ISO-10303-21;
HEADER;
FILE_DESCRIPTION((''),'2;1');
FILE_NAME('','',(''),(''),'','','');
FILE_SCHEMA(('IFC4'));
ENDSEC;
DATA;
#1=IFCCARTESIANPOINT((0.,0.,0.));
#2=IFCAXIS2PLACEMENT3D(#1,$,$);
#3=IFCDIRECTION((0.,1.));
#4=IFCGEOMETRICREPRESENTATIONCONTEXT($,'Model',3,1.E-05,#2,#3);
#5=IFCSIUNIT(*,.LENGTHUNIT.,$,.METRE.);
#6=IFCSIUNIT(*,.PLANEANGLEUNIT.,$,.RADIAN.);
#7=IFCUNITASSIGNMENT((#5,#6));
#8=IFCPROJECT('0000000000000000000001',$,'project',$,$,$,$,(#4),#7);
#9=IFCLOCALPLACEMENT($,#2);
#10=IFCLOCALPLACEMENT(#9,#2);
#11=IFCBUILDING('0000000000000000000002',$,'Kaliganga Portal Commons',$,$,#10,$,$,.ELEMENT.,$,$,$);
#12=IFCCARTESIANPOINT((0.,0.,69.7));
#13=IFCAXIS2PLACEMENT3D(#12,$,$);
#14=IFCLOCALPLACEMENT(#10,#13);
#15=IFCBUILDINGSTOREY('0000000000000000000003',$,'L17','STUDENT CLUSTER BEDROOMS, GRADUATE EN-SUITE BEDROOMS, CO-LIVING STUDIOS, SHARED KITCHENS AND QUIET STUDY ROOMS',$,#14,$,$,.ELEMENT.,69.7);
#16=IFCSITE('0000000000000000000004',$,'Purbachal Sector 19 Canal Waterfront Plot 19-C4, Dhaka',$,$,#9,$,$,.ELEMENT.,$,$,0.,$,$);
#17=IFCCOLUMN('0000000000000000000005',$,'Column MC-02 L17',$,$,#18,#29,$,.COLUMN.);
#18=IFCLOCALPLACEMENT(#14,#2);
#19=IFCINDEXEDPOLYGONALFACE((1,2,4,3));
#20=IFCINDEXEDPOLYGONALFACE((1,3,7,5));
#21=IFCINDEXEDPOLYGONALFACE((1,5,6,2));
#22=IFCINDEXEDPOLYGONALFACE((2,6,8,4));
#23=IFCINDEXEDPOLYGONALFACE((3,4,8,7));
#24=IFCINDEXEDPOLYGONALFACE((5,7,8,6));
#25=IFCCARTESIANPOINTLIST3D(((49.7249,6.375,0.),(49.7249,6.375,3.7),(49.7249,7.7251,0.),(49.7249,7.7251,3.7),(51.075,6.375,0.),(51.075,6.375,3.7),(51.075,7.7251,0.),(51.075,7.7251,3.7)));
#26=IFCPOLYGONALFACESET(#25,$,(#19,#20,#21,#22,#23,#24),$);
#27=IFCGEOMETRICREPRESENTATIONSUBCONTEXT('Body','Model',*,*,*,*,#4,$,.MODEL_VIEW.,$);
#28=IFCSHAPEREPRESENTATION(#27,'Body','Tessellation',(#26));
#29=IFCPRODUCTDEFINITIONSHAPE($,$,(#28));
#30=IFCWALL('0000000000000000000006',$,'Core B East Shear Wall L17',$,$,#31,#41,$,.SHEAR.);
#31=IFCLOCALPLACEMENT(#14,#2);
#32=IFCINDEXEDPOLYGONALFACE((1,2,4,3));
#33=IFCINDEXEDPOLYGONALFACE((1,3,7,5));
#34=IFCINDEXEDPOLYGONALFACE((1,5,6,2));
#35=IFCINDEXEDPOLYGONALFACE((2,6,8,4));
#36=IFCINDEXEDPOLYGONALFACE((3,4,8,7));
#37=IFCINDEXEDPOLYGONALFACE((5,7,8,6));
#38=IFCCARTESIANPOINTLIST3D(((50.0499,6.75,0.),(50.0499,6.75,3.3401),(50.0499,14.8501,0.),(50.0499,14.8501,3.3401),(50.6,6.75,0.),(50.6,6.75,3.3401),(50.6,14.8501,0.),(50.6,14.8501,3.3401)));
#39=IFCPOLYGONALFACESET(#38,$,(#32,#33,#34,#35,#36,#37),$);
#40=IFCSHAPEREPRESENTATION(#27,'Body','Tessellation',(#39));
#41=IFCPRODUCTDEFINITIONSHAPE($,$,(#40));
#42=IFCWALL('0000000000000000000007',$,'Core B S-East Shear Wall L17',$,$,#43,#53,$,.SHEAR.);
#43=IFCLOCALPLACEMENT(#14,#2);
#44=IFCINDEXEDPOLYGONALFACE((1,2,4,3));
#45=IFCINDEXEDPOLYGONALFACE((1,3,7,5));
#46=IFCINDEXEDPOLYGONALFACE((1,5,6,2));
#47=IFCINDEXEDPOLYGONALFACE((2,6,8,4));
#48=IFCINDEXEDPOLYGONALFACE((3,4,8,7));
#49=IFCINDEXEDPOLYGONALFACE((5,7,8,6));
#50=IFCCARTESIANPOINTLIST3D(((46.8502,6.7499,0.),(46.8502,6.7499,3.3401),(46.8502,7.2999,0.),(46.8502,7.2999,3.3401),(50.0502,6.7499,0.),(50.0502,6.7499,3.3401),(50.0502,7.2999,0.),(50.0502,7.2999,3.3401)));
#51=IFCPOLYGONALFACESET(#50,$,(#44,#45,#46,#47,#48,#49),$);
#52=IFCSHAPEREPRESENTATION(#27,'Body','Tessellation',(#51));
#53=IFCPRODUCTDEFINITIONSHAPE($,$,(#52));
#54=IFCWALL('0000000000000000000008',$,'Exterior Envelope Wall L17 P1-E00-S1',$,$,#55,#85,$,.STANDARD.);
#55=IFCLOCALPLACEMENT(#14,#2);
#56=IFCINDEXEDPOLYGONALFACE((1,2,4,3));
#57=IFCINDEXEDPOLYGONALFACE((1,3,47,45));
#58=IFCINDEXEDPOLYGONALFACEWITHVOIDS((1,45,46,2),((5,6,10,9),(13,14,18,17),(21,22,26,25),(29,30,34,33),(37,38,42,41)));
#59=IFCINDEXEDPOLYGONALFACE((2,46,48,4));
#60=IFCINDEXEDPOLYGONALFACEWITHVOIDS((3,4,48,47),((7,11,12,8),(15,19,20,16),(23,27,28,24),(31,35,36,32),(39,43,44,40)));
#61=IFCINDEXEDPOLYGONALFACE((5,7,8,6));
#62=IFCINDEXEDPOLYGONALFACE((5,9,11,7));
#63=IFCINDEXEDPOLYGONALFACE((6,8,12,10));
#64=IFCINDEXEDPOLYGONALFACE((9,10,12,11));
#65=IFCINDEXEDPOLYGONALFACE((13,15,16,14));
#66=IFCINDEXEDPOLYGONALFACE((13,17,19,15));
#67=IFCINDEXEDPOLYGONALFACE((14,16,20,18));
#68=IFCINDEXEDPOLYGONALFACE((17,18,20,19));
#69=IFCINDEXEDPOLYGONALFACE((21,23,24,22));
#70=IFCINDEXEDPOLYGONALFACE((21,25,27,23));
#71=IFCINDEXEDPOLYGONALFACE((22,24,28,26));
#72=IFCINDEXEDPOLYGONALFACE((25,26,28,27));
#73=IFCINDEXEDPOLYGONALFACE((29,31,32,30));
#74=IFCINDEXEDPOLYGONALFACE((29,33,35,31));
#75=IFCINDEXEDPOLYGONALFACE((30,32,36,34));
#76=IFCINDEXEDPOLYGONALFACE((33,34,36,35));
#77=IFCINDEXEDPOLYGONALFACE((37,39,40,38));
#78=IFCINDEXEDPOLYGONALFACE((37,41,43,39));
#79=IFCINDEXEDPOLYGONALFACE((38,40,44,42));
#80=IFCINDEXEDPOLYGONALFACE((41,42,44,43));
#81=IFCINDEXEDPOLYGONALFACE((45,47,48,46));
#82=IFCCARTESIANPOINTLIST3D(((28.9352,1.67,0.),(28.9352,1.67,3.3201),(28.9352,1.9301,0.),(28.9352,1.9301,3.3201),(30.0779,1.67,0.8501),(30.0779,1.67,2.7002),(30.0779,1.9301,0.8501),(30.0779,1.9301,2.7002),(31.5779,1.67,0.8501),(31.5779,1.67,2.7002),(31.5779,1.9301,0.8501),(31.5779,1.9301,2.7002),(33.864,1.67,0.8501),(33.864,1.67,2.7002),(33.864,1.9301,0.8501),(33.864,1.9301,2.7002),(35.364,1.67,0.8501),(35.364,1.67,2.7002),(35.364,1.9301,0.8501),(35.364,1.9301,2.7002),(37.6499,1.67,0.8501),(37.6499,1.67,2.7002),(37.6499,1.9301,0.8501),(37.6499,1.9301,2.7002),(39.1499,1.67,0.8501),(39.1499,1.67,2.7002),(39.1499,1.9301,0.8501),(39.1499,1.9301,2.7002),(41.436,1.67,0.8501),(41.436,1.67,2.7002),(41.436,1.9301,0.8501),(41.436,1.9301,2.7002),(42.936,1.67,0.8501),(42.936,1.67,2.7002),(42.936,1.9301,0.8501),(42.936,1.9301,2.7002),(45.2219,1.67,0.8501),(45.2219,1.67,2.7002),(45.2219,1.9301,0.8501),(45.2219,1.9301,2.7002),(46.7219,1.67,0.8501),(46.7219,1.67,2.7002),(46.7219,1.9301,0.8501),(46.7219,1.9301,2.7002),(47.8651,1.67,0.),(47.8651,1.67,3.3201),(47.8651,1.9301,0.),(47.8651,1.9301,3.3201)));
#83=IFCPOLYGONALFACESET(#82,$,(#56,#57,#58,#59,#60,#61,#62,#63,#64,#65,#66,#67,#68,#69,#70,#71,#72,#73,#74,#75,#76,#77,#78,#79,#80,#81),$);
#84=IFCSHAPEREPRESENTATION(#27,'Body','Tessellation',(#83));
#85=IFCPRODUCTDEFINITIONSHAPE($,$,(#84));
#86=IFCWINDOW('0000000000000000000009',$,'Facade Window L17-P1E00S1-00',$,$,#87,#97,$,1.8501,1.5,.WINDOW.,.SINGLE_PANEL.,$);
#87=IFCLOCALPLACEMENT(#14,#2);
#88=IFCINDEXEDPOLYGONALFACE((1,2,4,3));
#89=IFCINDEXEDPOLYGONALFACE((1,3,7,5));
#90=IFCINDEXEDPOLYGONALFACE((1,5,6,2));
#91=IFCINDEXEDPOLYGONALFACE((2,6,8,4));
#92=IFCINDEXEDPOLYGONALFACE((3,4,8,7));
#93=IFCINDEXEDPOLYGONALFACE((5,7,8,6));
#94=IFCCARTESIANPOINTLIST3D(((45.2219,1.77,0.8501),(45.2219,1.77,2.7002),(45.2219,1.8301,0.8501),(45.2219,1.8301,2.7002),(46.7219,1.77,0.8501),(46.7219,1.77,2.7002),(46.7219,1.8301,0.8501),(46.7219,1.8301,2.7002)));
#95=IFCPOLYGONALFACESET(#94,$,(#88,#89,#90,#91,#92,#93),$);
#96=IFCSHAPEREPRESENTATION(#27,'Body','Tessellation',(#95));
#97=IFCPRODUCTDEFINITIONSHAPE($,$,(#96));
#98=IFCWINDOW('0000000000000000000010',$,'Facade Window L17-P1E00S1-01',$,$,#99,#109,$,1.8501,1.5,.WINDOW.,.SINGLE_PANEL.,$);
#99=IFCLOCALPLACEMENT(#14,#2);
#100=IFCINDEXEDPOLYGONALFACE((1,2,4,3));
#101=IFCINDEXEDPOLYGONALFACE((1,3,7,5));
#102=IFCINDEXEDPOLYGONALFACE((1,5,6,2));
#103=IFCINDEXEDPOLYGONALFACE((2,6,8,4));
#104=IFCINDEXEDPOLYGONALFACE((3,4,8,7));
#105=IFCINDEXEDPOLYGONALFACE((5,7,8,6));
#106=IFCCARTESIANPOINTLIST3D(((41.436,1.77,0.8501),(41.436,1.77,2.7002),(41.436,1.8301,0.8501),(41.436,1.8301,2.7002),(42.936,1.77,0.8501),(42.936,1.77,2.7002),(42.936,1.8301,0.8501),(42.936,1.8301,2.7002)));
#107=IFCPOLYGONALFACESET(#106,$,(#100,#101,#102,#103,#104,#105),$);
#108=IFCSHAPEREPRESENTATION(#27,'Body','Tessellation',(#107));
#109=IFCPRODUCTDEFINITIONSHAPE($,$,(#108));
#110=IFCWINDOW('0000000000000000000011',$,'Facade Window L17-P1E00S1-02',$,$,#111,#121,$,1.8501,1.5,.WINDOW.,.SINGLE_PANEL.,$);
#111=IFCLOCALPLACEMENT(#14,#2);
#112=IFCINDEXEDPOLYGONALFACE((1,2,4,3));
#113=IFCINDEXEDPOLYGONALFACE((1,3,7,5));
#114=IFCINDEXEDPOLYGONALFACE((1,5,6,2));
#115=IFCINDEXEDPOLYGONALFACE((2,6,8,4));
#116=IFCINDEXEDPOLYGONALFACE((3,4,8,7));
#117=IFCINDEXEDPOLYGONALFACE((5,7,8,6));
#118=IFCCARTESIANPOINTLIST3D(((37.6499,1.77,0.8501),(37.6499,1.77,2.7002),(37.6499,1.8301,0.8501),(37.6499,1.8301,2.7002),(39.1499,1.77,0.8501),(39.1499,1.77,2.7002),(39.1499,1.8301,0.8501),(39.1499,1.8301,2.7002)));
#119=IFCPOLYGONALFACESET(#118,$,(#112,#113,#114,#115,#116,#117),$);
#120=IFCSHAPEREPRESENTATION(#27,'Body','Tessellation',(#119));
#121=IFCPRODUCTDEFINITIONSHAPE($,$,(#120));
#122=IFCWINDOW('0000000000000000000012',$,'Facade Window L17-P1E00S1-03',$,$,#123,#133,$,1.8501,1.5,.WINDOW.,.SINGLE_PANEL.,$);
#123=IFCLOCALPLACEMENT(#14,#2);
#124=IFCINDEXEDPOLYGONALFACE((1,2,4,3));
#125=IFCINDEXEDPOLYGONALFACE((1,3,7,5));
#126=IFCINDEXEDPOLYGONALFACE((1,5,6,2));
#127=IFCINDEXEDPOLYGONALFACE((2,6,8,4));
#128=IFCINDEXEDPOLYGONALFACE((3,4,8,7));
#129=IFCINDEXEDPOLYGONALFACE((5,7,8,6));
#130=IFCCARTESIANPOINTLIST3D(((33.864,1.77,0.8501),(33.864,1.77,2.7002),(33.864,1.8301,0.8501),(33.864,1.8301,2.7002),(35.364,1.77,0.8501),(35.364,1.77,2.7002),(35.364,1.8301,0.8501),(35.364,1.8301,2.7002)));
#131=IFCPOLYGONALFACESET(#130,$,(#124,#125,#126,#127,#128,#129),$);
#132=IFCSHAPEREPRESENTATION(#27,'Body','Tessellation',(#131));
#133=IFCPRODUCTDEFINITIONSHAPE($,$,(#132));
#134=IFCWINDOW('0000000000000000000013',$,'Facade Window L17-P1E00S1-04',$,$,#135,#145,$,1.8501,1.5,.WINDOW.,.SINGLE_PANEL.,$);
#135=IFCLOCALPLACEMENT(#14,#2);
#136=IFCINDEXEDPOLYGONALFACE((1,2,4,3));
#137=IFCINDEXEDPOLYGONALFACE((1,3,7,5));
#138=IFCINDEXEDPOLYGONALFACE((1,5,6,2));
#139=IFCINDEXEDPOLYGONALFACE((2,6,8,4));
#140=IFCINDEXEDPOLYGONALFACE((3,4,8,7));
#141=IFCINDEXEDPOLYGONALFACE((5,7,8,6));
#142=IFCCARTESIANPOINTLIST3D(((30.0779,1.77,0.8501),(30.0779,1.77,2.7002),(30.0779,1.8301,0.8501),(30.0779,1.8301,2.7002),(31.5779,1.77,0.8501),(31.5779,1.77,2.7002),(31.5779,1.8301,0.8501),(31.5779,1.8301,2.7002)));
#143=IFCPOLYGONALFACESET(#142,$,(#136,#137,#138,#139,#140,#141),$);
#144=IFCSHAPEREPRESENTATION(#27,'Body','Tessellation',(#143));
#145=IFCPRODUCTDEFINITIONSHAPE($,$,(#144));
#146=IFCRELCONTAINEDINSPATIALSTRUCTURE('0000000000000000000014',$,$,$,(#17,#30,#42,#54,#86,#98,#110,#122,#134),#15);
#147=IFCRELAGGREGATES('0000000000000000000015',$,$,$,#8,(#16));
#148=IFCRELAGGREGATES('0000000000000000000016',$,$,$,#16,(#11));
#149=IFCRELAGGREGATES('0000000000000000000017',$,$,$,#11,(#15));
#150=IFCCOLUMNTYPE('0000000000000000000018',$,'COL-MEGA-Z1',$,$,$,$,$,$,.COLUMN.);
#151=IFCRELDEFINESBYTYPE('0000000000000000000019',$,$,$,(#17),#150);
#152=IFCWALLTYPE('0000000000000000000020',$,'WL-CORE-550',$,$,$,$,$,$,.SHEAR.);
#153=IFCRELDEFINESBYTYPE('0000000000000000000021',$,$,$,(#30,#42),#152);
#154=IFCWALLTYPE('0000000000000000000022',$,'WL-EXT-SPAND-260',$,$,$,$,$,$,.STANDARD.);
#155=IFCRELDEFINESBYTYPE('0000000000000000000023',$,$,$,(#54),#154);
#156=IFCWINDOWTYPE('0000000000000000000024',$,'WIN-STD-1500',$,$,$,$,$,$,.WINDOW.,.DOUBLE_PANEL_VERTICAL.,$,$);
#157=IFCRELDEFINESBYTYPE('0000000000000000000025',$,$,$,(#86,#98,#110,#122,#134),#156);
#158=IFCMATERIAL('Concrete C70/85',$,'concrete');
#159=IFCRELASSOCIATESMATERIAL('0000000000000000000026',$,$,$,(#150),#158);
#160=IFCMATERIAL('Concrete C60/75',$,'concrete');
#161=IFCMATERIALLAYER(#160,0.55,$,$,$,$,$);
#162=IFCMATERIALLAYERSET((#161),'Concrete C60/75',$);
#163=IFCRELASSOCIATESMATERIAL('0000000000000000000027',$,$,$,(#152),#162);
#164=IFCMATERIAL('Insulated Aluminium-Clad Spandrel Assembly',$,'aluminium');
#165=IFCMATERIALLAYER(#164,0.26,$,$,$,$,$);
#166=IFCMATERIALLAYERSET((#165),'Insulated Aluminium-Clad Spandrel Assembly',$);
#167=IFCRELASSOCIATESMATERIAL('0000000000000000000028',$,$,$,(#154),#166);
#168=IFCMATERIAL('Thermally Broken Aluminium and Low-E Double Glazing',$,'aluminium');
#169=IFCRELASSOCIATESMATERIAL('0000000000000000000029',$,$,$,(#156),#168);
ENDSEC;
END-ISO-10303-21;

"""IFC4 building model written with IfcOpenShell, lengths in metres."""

from ifc_helpers import new_model, si_unit, direction, frame, frame_2d, origin, origin_2d, place, context, subcontext, project, spatial, rectangle, extrude, source, transform, mapped, material, layer, layer_set, material_profile, profile_set, type_object, element, fill, save


model = new_model("IFC4")

# Units and contexts
model_context = context("Model", 3, precision=1e-05, world=origin(), true_north=direction((0.0, 1.0)))
body_context = subcontext(model_context, "Body", "Model", "MODEL_VIEW")
ifc_project = project(units=[si_unit("LENGTHUNIT", "METRE"), si_unit("PLANEANGLEUNIT", "RADIAN")], contexts=[model_context])

# Site, building, storey
site_placement = place(None, origin())
site = spatial("IfcSite", under=ifc_project, at=site_placement, Name="Purbachal Sector 19 Canal Waterfront Plot 19-C4, Dhaka", CompositionType="ELEMENT", RefElevation=0.0)
building_placement = place(site_placement, origin())
building = spatial("IfcBuilding", under=site, at=building_placement, Name="Kaliganga Portal Commons", CompositionType="ELEMENT")
storey_placement = place(building_placement, frame((0.0, 0.0, 69.7)))
storey = spatial("IfcBuildingStorey", under=building, at=storey_placement, Name="L17", Description="STUDENT CLUSTER BEDROOMS, GRADUATE EN-SUITE BEDROOMS, CO-LIVING STUDIOS, SHARED KITCHENS AND QUIET STUDY ROOMS", CompositionType="ELEMENT", Elevation=69.7)

# Column
ifc_material_1 = material(Name="Concrete C70/85", Category="concrete")
ifc_material_profile = material_profile(ifc_material_1, rectangle(XDim=1.3501, YDim=1.3501, at=origin_2d()), Name="RC 1350x1350")
ifc_profile_set = profile_set([ifc_material_profile], Name="Concrete C70/85")
column_type = type_object("IfcColumnType", Name="COL-MEGA-Z1", PredefinedType="COLUMN", material=ifc_profile_set)
shared_shape = source(origin(), body_context, "Body", "SweptSolid", [
    extrude(rectangle(XDim=1.3501, YDim=1.3501, at=origin_2d()), origin(), (0.0, 0.0, 1.0), 3.7),
])
column_placement = place(storey_placement, frame((50.3999, 7.05, 0.0), z_axis=(0.0, 0.0, 1.0), x_axis=(1.0, 0.0, 0.0)))
element("IfcColumn", 1, at=column_placement, inside=storey, type_object=column_type, Name="Column MC-02 L17", PredefinedType="COLUMN", context=body_context, shape_type="MappedRepresentation", body=[
    mapped(shared_shape, transform((0.0, 0.0, 0.0), x_axis=(1.0, 0.0, 0.0), y_axis=(0.0, 1.0, 0.0), z_axis=(0.0, 0.0, 1.0), scale=1.0)),
])

# Walls
ifc_material_2 = material(Name="Concrete C60/75", Category="concrete")
ifc_layer_1 = layer(ifc_material_2, 0.55)
ifc_layer_set_1 = layer_set([ifc_layer_1], Name="Concrete C60/75")
wall_type_1 = type_object("IfcWallType", Name="WL-CORE-550", PredefinedType="SHEAR", material=ifc_layer_set_1)
wall_1_placement = place(storey_placement, frame((50.325, 6.75, 0.0), z_axis=(0.0, 0.0, 1.0), x_axis=(0.0, 1.0, 0.0)))
element("IfcWall", 2, at=wall_1_placement, inside=storey, type_object=wall_type_1, Name="Core B East Shear Wall L17", PredefinedType="SHEAR", context=body_context, shape_type="SweptSolid", body=[
    extrude(rectangle(XDim=8.1001, YDim=0.55, at=frame_2d((4.05, 0.0))), origin(), (0.0, 0.0, 1.0), 3.3401),
])
wall_2_placement = place(storey_placement, frame((46.8501, 7.0249, 0.0), z_axis=(0.0, 0.0, 1.0), x_axis=(1.0, 0.0, 0.0)))
element("IfcWall", 3, at=wall_2_placement, inside=storey, type_object=wall_type_1, Name="Core B S-East Shear Wall L17", PredefinedType="SHEAR", context=body_context, shape_type="SweptSolid", body=[
    extrude(rectangle(XDim=3.2, YDim=0.55, at=frame_2d((1.6001, 0.0))), origin(), (0.0, 0.0, 1.0), 3.3401),
])

# Wall, openings, windows
ifc_material_3 = material(Name="Insulated Aluminium-Clad Spandrel Assembly", Category="aluminium")
ifc_layer_2 = layer(ifc_material_3, 0.26)
ifc_layer_set_2 = layer_set([ifc_layer_2], Name="Insulated Aluminium-Clad Spandrel Assembly")
wall_type_2 = type_object("IfcWallType", Name="WL-EXT-SPAND-260", PredefinedType="STANDARD", material=ifc_layer_set_2)
wall_3_placement = place(storey_placement, frame((47.865, 1.8, 0.0), z_axis=(0.0, 0.0, 1.0), x_axis=(-1.0, 0.0, 0.0)))
wall_3 = element("IfcWall", 4, at=wall_3_placement, inside=storey, type_object=wall_type_2, Name="Exterior Envelope Wall L17 P1-E00-S1", PredefinedType="STANDARD", context=body_context, shape_type="SweptSolid", body=[
    extrude(rectangle(XDim=18.9299, YDim=0.26, at=frame_2d((9.4648, 0.0))), origin(), (0.0, 0.0, 1.0), 3.3201),
])
opening_1_placement = place(wall_3_placement, frame((1.1431, 0.0, 0.8501)))
opening_1 = element("IfcOpeningElement", 5, at=opening_1_placement, cuts=wall_3, PredefinedType="OPENING", context=body_context, shape_type="SweptSolid", body=[
    extrude(rectangle(XDim=1.5, YDim=1.8501, at=frame_2d((0.75, 0.925))), frame((0.0, 0.1401, 0.0), z_axis=(0.0, -1.0, 0.0), x_axis=(1.0, 0.0, 0.0)), (0.0, 0.0, 1.0), 0.28),
])
opening_2_placement = place(wall_3_placement, frame((4.929, 0.0, 0.8501)))
opening_2 = element("IfcOpeningElement", 6, at=opening_2_placement, cuts=wall_3, PredefinedType="OPENING", context=body_context, shape_type="SweptSolid", body=[
    extrude(rectangle(XDim=1.5, YDim=1.8501, at=frame_2d((0.75, 0.925))), frame((0.0, 0.1401, 0.0), z_axis=(0.0, -1.0, 0.0), x_axis=(1.0, 0.0, 0.0)), (0.0, 0.0, 1.0), 0.28),
])
opening_3_placement = place(wall_3_placement, frame((8.7151, 0.0, 0.8501)))
opening_3 = element("IfcOpeningElement", 7, at=opening_3_placement, cuts=wall_3, PredefinedType="OPENING", context=body_context, shape_type="SweptSolid", body=[
    extrude(rectangle(XDim=1.5, YDim=1.8501, at=frame_2d((0.75, 0.925))), frame((0.0, 0.1401, 0.0), z_axis=(0.0, -1.0, 0.0), x_axis=(1.0, 0.0, 0.0)), (0.0, 0.0, 1.0), 0.28),
])
opening_4_placement = place(wall_3_placement, frame((12.501, 0.0, 0.8501)))
opening_4 = element("IfcOpeningElement", 8, at=opening_4_placement, cuts=wall_3, PredefinedType="OPENING", context=body_context, shape_type="SweptSolid", body=[
    extrude(rectangle(XDim=1.5, YDim=1.8501, at=frame_2d((0.75, 0.925))), frame((0.0, 0.1401, 0.0), z_axis=(0.0, -1.0, 0.0), x_axis=(1.0, 0.0, 0.0)), (0.0, 0.0, 1.0), 0.28),
])
opening_5_placement = place(wall_3_placement, frame((16.2871, 0.0, 0.8501)))
opening_5 = element("IfcOpeningElement", 9, at=opening_5_placement, cuts=wall_3, PredefinedType="OPENING", context=body_context, shape_type="SweptSolid", body=[
    extrude(rectangle(XDim=1.5, YDim=1.8501, at=frame_2d((0.75, 0.925))), frame((0.0, 0.1401, 0.0), z_axis=(0.0, -1.0, 0.0), x_axis=(1.0, 0.0, 0.0)), (0.0, 0.0, 1.0), 0.28),
])
ifc_material_4 = material(Name="Thermally Broken Aluminium and Low-E Double Glazing", Category="aluminium")
window_type = type_object("IfcWindowType", Name="WIN-STD-1500", PartitioningType="DOUBLE_PANEL_VERTICAL", PredefinedType="WINDOW", material=ifc_material_4)
window_1_placement = place(opening_1_placement, origin())
window_1 = element("IfcWindow", 10, at=window_1_placement, inside=storey, type_object=window_type, Name="Facade Window L17-P1E00S1-00", OverallHeight=1.8501, OverallWidth=1.5, PartitioningType="SINGLE_PANEL", PredefinedType="WINDOW", context=body_context, shape_type="SweptSolid", body=[
    extrude(rectangle(XDim=1.5, YDim=1.8501, at=frame_2d((0.75, 0.925))), frame((0.0, 0.03, 0.0), z_axis=(0.0, -1.0, 0.0), x_axis=(1.0, 0.0, 0.0)), (0.0, 0.0, 1.0), 0.0601),
])
fill(opening_1, window_1)
window_2_placement = place(opening_2_placement, origin())
window_2 = element("IfcWindow", 11, at=window_2_placement, inside=storey, type_object=window_type, Name="Facade Window L17-P1E00S1-01", OverallHeight=1.8501, OverallWidth=1.5, PartitioningType="SINGLE_PANEL", PredefinedType="WINDOW", context=body_context, shape_type="SweptSolid", body=[
    extrude(rectangle(XDim=1.5, YDim=1.8501, at=frame_2d((0.75, 0.925))), frame((0.0, 0.03, 0.0), z_axis=(0.0, -1.0, 0.0), x_axis=(1.0, 0.0, 0.0)), (0.0, 0.0, 1.0), 0.0601),
])
fill(opening_2, window_2)
window_3_placement = place(opening_3_placement, origin())
window_3 = element("IfcWindow", 12, at=window_3_placement, inside=storey, type_object=window_type, Name="Facade Window L17-P1E00S1-02", OverallHeight=1.8501, OverallWidth=1.5, PartitioningType="SINGLE_PANEL", PredefinedType="WINDOW", context=body_context, shape_type="SweptSolid", body=[
    extrude(rectangle(XDim=1.5, YDim=1.8501, at=frame_2d((0.75, 0.925))), frame((0.0, 0.03, 0.0), z_axis=(0.0, -1.0, 0.0), x_axis=(1.0, 0.0, 0.0)), (0.0, 0.0, 1.0), 0.0601),
])
fill(opening_3, window_3)
window_4_placement = place(opening_4_placement, origin())
window_4 = element("IfcWindow", 13, at=window_4_placement, inside=storey, type_object=window_type, Name="Facade Window L17-P1E00S1-03", OverallHeight=1.8501, OverallWidth=1.5, PartitioningType="SINGLE_PANEL", PredefinedType="WINDOW", context=body_context, shape_type="SweptSolid", body=[
    extrude(rectangle(XDim=1.5, YDim=1.8501, at=frame_2d((0.75, 0.925))), frame((0.0, 0.03, 0.0), z_axis=(0.0, -1.0, 0.0), x_axis=(1.0, 0.0, 0.0)), (0.0, 0.0, 1.0), 0.0601),
])
fill(opening_4, window_4)
window_5_placement = place(opening_5_placement, origin())
window_5 = element("IfcWindow", 14, at=window_5_placement, inside=storey, type_object=window_type, Name="Facade Window L17-P1E00S1-04", OverallHeight=1.8501, OverallWidth=1.5, PartitioningType="SINGLE_PANEL", PredefinedType="WINDOW", context=body_context, shape_type="SweptSolid", body=[
    extrude(rectangle(XDim=1.5, YDim=1.8501, at=frame_2d((0.75, 0.925))), frame((0.0, 0.03, 0.0), z_axis=(0.0, -1.0, 0.0), x_axis=(1.0, 0.0, 0.0)), (0.0, 0.0, 1.0), 0.0601),
])
fill(opening_5, window_5)

save(model, "model.ifc")
